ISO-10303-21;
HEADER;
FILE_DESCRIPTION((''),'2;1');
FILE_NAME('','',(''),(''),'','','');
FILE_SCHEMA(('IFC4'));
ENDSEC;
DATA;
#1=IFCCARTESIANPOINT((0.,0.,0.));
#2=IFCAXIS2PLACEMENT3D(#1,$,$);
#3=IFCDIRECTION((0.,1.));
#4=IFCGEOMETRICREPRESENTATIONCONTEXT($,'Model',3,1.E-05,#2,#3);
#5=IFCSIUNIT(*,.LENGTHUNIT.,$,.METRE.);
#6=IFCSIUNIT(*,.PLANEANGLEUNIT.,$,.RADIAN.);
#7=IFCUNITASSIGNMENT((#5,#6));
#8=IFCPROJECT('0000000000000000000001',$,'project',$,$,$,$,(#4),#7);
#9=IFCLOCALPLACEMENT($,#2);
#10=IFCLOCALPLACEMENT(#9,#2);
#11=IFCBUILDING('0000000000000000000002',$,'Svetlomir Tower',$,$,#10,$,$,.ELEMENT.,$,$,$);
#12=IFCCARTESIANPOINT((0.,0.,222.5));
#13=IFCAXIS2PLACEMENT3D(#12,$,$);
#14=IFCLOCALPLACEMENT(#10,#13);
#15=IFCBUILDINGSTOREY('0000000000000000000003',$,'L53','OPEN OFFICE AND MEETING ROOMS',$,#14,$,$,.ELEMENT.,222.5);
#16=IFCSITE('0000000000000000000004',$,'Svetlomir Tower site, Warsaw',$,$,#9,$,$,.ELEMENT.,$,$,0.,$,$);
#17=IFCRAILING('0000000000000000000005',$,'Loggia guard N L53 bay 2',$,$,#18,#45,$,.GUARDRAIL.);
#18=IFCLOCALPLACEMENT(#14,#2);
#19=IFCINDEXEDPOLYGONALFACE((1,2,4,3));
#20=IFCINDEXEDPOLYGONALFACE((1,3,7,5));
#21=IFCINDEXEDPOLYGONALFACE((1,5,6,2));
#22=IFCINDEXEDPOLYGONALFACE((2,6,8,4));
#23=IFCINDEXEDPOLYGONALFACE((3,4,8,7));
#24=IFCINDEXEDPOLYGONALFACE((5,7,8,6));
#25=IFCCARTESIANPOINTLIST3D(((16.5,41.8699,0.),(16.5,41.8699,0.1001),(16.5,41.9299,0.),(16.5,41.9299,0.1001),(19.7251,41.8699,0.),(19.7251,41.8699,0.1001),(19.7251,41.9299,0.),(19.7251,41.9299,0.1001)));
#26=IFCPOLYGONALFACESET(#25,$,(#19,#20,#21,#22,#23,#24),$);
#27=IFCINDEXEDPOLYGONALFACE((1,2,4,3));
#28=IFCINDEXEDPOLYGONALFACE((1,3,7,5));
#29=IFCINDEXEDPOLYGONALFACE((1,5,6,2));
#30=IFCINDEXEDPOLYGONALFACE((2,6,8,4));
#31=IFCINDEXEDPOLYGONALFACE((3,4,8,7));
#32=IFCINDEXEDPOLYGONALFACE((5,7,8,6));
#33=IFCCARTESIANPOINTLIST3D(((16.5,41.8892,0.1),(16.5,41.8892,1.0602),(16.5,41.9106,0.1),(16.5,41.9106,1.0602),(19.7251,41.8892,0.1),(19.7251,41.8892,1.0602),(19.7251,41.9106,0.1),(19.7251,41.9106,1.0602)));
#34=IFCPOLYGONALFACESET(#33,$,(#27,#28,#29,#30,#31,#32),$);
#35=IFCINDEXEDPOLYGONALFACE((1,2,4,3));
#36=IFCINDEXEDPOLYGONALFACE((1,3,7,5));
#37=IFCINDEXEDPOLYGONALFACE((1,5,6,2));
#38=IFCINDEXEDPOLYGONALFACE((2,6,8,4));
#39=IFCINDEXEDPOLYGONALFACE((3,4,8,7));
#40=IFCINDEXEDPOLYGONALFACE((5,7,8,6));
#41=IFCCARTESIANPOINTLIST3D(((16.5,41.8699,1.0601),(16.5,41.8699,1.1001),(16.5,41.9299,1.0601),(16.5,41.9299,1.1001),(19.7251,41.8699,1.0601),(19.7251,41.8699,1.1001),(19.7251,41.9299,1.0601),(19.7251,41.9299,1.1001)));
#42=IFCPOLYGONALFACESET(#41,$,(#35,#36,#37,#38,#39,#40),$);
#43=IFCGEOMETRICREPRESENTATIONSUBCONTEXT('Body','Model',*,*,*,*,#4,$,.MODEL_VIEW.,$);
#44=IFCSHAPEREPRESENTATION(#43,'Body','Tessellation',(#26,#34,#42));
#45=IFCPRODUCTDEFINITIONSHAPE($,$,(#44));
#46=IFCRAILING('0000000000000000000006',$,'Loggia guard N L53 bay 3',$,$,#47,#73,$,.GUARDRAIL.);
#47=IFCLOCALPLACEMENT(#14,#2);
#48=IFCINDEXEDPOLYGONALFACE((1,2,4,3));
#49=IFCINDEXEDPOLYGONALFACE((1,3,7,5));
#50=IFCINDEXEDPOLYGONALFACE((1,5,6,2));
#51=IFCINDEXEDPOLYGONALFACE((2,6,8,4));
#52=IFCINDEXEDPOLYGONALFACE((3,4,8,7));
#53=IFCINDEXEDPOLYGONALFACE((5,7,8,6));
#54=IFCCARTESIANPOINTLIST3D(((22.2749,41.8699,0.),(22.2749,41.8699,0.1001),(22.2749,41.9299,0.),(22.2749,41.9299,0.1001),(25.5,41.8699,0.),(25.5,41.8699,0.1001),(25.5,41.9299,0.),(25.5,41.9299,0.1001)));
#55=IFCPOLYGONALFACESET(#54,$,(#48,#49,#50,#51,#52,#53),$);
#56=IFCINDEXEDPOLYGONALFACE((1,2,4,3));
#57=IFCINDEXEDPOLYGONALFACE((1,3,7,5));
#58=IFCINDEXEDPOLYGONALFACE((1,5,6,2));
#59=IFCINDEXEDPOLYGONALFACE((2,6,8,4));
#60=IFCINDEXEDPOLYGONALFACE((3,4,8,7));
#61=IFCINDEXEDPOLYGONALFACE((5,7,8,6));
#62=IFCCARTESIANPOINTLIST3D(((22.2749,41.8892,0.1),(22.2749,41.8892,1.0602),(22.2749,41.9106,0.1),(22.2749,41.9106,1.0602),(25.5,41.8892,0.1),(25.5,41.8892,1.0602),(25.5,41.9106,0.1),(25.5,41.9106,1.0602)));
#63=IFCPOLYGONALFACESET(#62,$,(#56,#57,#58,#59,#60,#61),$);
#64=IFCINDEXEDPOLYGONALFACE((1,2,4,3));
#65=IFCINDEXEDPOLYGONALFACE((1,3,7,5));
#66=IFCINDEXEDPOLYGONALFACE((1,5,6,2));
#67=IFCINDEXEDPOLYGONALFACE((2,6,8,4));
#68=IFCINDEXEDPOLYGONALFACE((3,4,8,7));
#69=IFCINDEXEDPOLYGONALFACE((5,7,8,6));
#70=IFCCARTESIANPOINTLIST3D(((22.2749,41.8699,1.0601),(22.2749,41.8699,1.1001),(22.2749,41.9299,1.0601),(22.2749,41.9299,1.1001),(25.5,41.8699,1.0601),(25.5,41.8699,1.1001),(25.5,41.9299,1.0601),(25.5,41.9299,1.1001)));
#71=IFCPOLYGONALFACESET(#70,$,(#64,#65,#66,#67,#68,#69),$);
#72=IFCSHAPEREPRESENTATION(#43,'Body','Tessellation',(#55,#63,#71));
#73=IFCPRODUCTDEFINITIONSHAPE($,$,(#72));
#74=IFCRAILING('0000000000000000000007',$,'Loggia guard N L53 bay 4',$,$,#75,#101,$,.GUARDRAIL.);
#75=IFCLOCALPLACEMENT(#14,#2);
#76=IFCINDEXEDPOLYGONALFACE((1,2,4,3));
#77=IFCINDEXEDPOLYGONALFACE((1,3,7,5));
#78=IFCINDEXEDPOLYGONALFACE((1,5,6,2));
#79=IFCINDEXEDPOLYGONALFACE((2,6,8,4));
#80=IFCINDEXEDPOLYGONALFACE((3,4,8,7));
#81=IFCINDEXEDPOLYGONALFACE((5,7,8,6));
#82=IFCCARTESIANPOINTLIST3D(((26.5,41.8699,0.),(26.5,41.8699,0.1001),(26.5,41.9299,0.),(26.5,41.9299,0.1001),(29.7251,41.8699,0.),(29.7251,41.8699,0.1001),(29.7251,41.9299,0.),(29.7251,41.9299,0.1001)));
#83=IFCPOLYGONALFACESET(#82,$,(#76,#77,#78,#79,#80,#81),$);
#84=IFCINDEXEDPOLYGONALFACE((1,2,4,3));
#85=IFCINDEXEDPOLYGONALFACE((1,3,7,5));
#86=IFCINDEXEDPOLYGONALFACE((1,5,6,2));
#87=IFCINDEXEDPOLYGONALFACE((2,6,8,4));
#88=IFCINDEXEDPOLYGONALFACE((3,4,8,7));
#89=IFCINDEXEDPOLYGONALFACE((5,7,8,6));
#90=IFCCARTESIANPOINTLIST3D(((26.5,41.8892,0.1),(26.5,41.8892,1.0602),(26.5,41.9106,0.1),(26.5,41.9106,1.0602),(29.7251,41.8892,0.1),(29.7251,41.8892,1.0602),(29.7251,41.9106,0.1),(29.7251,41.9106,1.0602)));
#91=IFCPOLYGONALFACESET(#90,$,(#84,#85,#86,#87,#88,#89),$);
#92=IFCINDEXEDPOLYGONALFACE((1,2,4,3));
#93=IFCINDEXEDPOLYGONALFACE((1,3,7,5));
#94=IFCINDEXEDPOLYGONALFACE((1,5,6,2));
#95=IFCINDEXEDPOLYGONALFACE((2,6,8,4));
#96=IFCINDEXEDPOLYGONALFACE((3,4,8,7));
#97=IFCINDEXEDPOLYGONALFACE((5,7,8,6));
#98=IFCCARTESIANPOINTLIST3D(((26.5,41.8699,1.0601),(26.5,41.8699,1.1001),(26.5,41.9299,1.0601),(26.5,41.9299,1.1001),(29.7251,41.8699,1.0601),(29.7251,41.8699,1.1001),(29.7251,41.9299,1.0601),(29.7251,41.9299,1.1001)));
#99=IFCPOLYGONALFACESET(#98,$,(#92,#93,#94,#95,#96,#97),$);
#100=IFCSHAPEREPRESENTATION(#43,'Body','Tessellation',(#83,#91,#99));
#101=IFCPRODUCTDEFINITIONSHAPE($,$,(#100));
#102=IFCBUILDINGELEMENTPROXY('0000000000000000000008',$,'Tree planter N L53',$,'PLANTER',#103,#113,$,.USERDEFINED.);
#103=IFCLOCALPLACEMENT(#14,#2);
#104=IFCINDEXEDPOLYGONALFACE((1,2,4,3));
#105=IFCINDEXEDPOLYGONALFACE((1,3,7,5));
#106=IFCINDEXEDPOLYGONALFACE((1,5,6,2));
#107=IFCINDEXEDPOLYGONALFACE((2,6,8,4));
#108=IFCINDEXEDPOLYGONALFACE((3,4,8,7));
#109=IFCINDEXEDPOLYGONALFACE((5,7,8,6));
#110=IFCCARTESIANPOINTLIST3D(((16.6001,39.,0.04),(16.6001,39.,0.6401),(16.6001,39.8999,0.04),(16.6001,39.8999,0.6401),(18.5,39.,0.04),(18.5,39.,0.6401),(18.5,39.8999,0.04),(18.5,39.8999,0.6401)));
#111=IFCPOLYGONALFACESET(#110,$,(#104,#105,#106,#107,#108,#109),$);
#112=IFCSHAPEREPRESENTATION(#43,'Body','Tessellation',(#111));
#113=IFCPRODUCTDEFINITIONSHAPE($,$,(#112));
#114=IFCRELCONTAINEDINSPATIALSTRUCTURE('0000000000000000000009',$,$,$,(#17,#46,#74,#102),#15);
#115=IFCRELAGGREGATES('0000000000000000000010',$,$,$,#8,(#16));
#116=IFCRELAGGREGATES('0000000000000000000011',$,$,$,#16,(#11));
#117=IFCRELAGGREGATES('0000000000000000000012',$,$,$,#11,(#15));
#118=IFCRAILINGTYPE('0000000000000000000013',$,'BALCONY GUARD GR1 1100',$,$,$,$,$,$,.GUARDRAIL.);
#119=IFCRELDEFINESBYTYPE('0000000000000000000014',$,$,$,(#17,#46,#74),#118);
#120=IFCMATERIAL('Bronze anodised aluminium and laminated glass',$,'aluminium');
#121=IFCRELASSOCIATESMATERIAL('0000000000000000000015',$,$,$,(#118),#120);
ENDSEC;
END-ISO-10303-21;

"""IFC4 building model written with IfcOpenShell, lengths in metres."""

from ifc_helpers import new_model, si_unit, direction, frame, origin, origin_2d, place, context, subcontext, project, spatial, rectangle, extrude, material, type_object, element, save


model = new_model("IFC4")

# Units and contexts
model_context = context("Model", 3, precision=1e-05, world=origin(), true_north=direction((0.0, 1.0)))
body_context = subcontext(model_context, "Body", "Model", "MODEL_VIEW")
ifc_project = project(units=[si_unit("LENGTHUNIT", "METRE"), si_unit("PLANEANGLEUNIT", "RADIAN")], contexts=[model_context])

# Site, building, storey
site_placement = place(None, origin())
site = spatial("IfcSite", under=ifc_project, at=site_placement, Name="Svetlomir Tower site, Warsaw", CompositionType="ELEMENT", RefElevation=0.0)
building_placement = place(site_placement, origin())
building = spatial("IfcBuilding", under=site, at=building_placement, Name="Svetlomir Tower", CompositionType="ELEMENT")
storey_placement = place(building_placement, frame((0.0, 0.0, 222.5)))
storey = spatial("IfcBuildingStorey", under=building, at=storey_placement, Name="L53", Description="OPEN OFFICE AND MEETING ROOMS", CompositionType="ELEMENT", Elevation=222.5)

# Railings
ifc_material_1 = material(Name="Bronze anodised aluminium and laminated glass", Category="aluminium")
railing_type = type_object("IfcRailingType", Name="BALCONY GUARD GR1 1100", PredefinedType="GUARDRAIL", material=ifc_material_1)
for number, where, name in (
    (1, (16.5, 41.8999, 0.0), "Loggia guard N L53 bay 2"),
    (2, (22.2749, 41.8999, 0.0), "Loggia guard N L53 bay 3"),
    (3, (26.5, 41.8999, 0.0), "Loggia guard N L53 bay 4"),
):
    element("IfcRailing", number, at=place(storey_placement, frame(where)), inside=storey, type_object=railing_type, Name=name, PredefinedType="GUARDRAIL", context=body_context, shape_type="SweptSolid", body=[
        extrude(rectangle(XDim=0.0601, YDim=0.1001, at=origin_2d()), frame((0.0, 0.0, 0.05), z_axis=(1.0, 0.0, 0.0), x_axis=(0.0, 1.0, 0.0)), (0.0, 0.0, 1.0), 3.2251),
        extrude(rectangle(XDim=0.0215, YDim=0.9602, at=origin_2d()), frame((0.0, 0.0, 0.5801), z_axis=(1.0, 0.0, 0.0), x_axis=(0.0, 1.0, 0.0)), (0.0, 0.0, 1.0), 3.2251),
        extrude(rectangle(XDim=0.0601, YDim=0.04, at=origin_2d()), frame((0.0, 0.0, 1.0801), z_axis=(1.0, 0.0, 0.0), x_axis=(0.0, 1.0, 0.0)), (0.0, 0.0, 1.0), 3.2251),
    ])

# Building element proxy
proxy_placement = place(storey_placement, frame((17.55, 39.45, 0.04), z_axis=(0.0, 0.0, 1.0), x_axis=(1.0, 0.0, 0.0)))
element("IfcBuildingElementProxy", 4, at=proxy_placement, inside=storey, Name="Tree planter N L53", ObjectType="PLANTER", PredefinedType="USERDEFINED", context=body_context, shape_type="SweptSolid", body=[
    extrude(rectangle(XDim=1.8999, YDim=0.8999, at=origin_2d()), origin(), (0.0, 0.0, 1.0), 0.6001),
])

save(model, "model.ifc")
